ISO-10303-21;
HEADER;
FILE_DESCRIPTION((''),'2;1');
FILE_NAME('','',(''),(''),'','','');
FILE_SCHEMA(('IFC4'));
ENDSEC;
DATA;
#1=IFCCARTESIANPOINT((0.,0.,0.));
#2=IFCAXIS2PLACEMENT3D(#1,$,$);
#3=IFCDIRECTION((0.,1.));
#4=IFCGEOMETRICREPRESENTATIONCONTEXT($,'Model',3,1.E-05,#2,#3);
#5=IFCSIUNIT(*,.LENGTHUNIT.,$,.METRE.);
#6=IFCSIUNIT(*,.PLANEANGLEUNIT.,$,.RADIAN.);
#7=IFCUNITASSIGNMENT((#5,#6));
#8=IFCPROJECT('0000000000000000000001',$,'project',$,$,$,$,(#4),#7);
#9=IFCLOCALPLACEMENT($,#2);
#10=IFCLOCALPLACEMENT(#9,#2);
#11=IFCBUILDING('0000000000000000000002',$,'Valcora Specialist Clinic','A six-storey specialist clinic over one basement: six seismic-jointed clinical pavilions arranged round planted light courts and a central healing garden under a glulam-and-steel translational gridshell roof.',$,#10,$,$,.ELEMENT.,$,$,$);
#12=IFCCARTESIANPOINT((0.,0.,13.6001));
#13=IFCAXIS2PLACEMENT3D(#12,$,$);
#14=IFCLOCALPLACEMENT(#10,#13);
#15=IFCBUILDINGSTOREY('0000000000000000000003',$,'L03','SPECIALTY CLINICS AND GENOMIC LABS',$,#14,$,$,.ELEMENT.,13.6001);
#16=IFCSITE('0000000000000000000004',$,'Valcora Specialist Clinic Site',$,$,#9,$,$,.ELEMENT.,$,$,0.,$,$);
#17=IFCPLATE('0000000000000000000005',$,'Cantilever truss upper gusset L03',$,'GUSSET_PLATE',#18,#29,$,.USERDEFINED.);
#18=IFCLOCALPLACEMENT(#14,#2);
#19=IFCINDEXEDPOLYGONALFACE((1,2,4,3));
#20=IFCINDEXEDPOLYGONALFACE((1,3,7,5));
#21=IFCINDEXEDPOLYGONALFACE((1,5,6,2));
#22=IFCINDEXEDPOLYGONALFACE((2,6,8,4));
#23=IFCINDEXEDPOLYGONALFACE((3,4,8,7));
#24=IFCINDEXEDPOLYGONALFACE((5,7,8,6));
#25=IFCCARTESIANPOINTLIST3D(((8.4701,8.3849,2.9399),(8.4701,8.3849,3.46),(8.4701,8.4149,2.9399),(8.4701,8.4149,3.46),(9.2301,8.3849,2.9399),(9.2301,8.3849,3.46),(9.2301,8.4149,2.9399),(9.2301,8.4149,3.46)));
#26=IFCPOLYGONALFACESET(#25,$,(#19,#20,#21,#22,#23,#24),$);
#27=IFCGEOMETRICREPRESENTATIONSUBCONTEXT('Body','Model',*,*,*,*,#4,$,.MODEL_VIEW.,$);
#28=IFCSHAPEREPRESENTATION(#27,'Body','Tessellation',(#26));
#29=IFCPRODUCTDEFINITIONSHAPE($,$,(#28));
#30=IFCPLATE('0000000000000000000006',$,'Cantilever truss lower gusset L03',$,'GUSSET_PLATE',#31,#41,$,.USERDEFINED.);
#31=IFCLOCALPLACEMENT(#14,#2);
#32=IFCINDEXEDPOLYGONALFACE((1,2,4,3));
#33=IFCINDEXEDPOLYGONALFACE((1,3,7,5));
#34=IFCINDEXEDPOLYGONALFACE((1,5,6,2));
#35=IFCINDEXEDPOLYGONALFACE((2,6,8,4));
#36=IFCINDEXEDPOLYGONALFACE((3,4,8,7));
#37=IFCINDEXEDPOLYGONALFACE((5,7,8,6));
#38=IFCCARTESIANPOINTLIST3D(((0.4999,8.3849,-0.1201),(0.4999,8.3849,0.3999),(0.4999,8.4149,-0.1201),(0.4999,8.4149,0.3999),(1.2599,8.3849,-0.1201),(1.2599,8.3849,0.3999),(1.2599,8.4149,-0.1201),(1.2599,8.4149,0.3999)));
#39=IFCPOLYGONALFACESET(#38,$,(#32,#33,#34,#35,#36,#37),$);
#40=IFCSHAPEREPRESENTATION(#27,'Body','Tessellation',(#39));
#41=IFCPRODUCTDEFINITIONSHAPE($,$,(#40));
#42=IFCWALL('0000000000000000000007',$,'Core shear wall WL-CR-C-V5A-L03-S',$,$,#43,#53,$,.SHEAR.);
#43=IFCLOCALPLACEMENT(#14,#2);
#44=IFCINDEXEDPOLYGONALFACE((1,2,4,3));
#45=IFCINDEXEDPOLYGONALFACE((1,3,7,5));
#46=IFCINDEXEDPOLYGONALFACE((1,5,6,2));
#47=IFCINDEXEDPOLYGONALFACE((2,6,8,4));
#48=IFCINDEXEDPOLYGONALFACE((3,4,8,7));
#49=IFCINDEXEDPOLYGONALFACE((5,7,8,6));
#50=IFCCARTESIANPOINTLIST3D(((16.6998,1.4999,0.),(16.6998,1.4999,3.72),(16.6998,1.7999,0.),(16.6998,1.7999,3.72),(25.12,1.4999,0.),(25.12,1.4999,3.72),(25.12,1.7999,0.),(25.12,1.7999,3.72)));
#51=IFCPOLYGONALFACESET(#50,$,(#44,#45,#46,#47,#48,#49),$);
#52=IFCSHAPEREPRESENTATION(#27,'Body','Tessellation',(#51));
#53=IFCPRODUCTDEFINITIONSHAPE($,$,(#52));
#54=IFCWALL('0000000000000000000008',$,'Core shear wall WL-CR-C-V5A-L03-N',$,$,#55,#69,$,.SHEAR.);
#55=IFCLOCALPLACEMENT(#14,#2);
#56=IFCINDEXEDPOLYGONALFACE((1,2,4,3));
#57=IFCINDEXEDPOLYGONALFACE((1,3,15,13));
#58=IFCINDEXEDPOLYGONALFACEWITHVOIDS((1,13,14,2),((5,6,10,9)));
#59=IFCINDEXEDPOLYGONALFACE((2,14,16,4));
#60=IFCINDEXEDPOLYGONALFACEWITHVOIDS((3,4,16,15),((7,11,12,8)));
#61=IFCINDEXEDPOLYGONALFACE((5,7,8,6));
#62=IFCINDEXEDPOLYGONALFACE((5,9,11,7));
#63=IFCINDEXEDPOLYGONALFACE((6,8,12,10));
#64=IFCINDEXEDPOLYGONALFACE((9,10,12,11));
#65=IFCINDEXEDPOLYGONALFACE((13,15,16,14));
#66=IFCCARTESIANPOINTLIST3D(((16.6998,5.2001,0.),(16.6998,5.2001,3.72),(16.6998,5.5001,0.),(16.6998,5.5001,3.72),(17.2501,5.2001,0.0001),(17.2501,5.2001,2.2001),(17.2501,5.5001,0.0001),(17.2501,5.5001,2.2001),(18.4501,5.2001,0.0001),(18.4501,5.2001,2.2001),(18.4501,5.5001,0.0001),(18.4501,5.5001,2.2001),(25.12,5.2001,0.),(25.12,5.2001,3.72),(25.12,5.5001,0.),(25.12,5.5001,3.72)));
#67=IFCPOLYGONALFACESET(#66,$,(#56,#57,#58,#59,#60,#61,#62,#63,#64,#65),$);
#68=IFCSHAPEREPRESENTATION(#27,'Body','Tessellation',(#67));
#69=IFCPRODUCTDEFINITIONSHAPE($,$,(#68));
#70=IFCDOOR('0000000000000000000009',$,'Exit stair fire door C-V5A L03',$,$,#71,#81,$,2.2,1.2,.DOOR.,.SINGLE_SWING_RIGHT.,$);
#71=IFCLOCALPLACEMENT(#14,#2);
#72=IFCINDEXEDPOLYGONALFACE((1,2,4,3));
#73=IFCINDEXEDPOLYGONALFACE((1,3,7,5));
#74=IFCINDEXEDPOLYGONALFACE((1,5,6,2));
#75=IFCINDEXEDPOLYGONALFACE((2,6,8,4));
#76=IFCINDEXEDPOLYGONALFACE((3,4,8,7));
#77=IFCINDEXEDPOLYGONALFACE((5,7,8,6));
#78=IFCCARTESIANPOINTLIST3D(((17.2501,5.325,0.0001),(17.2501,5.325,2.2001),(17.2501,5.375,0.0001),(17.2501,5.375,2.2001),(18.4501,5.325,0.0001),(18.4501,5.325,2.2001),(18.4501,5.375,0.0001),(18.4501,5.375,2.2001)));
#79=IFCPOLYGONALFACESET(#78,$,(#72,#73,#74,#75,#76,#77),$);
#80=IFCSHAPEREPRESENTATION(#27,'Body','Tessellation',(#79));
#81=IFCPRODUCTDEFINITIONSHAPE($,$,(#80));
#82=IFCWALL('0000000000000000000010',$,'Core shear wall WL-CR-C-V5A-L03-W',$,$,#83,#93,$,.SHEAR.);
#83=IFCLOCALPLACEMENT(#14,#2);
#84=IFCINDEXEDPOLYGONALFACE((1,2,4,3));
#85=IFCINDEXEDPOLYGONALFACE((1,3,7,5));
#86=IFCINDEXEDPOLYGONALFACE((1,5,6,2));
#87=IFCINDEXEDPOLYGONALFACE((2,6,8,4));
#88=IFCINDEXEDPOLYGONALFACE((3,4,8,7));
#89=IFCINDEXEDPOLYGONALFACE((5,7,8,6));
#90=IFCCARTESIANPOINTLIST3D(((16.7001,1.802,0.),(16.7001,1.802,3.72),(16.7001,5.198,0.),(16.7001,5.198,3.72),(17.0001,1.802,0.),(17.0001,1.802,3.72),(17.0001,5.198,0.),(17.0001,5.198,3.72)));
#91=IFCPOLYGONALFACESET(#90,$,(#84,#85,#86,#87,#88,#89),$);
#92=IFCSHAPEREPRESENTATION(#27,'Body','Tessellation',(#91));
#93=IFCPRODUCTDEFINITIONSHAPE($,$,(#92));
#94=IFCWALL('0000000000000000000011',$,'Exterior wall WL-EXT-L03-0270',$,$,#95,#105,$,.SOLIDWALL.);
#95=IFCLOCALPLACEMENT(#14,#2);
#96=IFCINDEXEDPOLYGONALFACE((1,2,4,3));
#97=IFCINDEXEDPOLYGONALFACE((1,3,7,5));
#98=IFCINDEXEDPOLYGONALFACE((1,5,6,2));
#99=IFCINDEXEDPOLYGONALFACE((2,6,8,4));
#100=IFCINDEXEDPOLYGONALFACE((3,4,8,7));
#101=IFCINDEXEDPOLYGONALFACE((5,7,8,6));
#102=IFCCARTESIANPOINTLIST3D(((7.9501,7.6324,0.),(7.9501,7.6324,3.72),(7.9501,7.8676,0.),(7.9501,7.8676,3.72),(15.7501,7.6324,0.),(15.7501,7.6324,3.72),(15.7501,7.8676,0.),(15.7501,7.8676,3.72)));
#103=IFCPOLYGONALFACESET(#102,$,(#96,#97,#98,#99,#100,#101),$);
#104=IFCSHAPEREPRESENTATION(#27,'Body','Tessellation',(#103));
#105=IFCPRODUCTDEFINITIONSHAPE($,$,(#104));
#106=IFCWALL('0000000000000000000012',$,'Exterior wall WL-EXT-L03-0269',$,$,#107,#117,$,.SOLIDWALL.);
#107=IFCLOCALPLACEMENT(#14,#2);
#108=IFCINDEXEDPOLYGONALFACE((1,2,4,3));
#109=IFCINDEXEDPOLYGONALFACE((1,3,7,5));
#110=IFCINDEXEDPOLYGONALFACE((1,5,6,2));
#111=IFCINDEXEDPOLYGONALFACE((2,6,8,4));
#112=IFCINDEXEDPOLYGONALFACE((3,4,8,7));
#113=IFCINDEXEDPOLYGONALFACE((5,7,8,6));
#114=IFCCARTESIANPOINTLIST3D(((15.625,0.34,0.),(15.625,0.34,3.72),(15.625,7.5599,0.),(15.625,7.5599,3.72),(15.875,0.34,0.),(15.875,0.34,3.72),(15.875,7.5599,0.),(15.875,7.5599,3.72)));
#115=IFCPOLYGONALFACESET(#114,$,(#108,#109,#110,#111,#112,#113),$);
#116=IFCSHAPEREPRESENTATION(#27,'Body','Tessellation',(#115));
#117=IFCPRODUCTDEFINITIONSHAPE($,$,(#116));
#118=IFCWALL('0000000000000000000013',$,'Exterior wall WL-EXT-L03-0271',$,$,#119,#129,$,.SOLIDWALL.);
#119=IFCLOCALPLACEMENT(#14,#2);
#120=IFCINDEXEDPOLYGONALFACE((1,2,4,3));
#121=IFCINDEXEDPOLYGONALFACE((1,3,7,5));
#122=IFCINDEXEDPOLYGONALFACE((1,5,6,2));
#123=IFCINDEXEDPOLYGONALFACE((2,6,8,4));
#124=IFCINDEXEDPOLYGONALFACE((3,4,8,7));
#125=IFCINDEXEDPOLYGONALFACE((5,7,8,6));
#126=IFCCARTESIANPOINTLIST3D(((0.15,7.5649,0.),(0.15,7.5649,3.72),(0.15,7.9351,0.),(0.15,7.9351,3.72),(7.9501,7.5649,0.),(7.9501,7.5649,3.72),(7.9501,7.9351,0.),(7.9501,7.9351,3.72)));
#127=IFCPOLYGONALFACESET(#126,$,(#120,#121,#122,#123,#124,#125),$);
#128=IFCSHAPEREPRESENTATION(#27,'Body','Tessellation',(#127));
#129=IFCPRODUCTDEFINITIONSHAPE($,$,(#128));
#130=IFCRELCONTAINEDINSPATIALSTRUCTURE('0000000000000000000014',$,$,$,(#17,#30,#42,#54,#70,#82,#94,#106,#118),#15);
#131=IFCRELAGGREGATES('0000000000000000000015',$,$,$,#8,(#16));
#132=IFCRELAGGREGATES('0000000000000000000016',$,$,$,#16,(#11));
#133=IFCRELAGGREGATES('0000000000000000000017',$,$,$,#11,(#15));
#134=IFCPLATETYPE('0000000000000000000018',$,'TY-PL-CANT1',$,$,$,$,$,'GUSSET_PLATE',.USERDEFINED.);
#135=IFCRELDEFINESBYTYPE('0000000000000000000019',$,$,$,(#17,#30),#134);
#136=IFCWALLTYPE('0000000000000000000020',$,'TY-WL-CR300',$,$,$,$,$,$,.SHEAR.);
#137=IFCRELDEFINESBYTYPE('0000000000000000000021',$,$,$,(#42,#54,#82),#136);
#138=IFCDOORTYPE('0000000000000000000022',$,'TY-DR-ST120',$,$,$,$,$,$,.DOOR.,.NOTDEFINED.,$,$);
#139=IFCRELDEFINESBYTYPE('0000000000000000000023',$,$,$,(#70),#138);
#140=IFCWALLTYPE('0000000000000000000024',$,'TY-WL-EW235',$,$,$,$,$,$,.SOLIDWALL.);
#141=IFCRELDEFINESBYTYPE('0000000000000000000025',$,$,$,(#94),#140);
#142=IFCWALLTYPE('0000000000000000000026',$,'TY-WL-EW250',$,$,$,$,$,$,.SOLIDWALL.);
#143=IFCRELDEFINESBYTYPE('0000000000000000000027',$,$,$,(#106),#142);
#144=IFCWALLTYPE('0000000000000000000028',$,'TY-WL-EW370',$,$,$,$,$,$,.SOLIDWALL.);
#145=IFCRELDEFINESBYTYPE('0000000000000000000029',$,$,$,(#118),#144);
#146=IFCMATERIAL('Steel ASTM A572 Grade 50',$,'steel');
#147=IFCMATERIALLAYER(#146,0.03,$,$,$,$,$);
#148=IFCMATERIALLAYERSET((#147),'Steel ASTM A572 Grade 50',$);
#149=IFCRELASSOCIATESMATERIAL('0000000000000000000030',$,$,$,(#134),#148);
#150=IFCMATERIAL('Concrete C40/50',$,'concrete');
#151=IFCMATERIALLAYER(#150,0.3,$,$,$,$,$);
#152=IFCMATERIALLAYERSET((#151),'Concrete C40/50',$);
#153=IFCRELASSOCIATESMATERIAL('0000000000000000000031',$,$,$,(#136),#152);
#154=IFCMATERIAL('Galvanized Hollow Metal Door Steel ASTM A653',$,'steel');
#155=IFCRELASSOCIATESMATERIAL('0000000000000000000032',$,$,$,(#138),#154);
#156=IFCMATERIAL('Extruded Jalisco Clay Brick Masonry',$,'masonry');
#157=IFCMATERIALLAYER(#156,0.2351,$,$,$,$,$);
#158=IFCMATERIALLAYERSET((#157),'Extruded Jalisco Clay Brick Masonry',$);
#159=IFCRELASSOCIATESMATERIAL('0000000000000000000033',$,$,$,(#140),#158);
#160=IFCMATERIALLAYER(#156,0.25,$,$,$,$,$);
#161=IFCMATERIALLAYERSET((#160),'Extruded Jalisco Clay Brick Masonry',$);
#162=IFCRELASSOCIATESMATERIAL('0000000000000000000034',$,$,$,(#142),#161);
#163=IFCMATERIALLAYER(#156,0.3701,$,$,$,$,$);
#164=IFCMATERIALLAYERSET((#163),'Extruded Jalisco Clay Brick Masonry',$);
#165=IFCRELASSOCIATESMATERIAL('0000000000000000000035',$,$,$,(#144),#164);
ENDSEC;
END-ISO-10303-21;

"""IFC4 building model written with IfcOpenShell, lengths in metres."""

from ifc_helpers import new_model, si_unit, direction, frame, frame_2d, origin, origin_2d, place, context, subcontext, project, spatial, rectangle, extrude, material, layer, layer_set, type_object, element, fill, save


model = new_model("IFC4")

# Units and contexts
model_context = context("Model", 3, precision=1e-05, world=origin(), true_north=direction((0.0, 1.0)))
body_context = subcontext(model_context, "Body", "Model", "MODEL_VIEW")
ifc_project = project(units=[si_unit("LENGTHUNIT", "METRE"), si_unit("PLANEANGLEUNIT", "RADIAN")], contexts=[model_context])

# Site, building, storey
site_placement = place(None, origin())
site = spatial("IfcSite", under=ifc_project, at=site_placement, Name="Valcora Specialist Clinic Site", CompositionType="ELEMENT", RefElevation=0.0)
building_placement = place(site_placement, origin())
building = spatial("IfcBuilding", under=site, at=building_placement, Name="Valcora Specialist Clinic", Description="A six-storey specialist clinic over one basement: six seismic-jointed clinical pavilions arranged round planted light courts and a central healing garden under a glulam-and-steel translational gridshell roof.", CompositionType="ELEMENT")
storey_placement = place(building_placement, frame((0.0, 0.0, 13.6001)))
storey = spatial("IfcBuildingStorey", under=building, at=storey_placement, Name="L03", Description="SPECIALTY CLINICS AND GENOMIC LABS", CompositionType="ELEMENT", Elevation=13.6001)

# Shared definitions
ifc_material_1 = material(Name="Concrete C40/50", Category="concrete")

# Plates
ifc_material_2 = material(Name="Steel ASTM A572 Grade 50", Category="steel")
ifc_layer_1 = layer(ifc_material_2, 0.03)
ifc_layer_set_1 = layer_set([ifc_layer_1], Name="Steel ASTM A572 Grade 50")
plate_type_1 = type_object("IfcPlateType", Name="TY-PL-CANT1", ElementType="GUSSET_PLATE", PredefinedType="USERDEFINED", material=ifc_layer_set_1)
for number, where, z_axis, x_axis, name in (
    (1, (8.8501, 8.3999, 2.9399), (0.0, 0.0, 1.0), (1.0, 0.0, 0.0), "Cantilever truss upper gusset L03"),
    (2, (0.8799, 8.3999, -0.1201), (0.0, 0.0, 1.0), (1.0, 0.0, 0.0), "Cantilever truss lower gusset L03"),
):
    element("IfcPlate", number, at=place(storey_placement, frame(where, z_axis=z_axis, x_axis=x_axis)), inside=storey, type_object=plate_type_1, Name=name, ObjectType="GUSSET_PLATE", PredefinedType="USERDEFINED", context=body_context, shape_type="SweptSolid", body=[
        extrude(rectangle(XDim=0.76, YDim=0.03, at=origin_2d()), origin(), (0.0, 0.0, 1.0), 0.52),
    ])

# Wall
ifc_layer_2 = layer(ifc_material_1, 0.3)
ifc_layer_set_2 = layer_set([ifc_layer_2], Name="Concrete C40/50")
wall_type_1 = type_object("IfcWallType", Name="TY-WL-CR300", PredefinedType="SHEAR", material=ifc_layer_set_2)
wall_1_placement = place(storey_placement, frame((16.7, 1.6499, 0.0), z_axis=(0.0, 0.0, 1.0), x_axis=(1.0, 0.0, 0.0)))
element("IfcWall", 3, at=wall_1_placement, inside=storey, type_object=wall_type_1, Name="Core shear wall WL-CR-C-V5A-L03-S", PredefinedType="SHEAR", context=body_context, shape_type="SweptSolid", body=[
    extrude(rectangle(XDim=8.4202, YDim=0.3, at=frame_2d((4.21, 0.0))), origin(), (0.0, 0.0, 1.0), 3.72),
])

# Wall, opening, door
wall_2_placement = place(storey_placement, frame((16.7, 5.3501, 0.0), z_axis=(0.0, 0.0, 1.0), x_axis=(1.0, 0.0, 0.0)))
wall_2 = element("IfcWall", 4, at=wall_2_placement, inside=storey, type_object=wall_type_1, Name="Core shear wall WL-CR-C-V5A-L03-N", PredefinedType="SHEAR", context=body_context, shape_type="SweptSolid", body=[
    extrude(rectangle(XDim=8.4202, YDim=0.3, at=frame_2d((4.21, 0.0))), origin(), (0.0, 0.0, 1.0), 3.72),
])
opening_placement = place(wall_2_placement, frame((0.55, 0.0, 0.0)))
opening = element("IfcOpeningElement", 5, at=opening_placement, cuts=wall_2, PredefinedType="OPENING", context=body_context, shape_type="SweptSolid", body=[
    extrude(rectangle(XDim=1.2, YDim=2.2, at=frame_2d((0.6001, 1.1001))), frame((0.0, 0.1599, 0.0), z_axis=(0.0, -1.0, 0.0), x_axis=(1.0, 0.0, 0.0)), (0.0, 0.0, 1.0), 0.3201),
])
ifc_material_3 = material(Name="Galvanized Hollow Metal Door Steel ASTM A653", Category="steel")
door_type = type_object("IfcDoorType", Name="TY-DR-ST120", OperationType="NOTDEFINED", PredefinedType="DOOR", material=ifc_material_3)
door_placement = place(opening_placement, origin())
door = element("IfcDoor", 6, at=door_placement, inside=storey, type_object=door_type, Name="Exit stair fire door C-V5A L03", OperationType="SINGLE_SWING_RIGHT", OverallHeight=2.2, OverallWidth=1.2, PredefinedType="DOOR", context=body_context, shape_type="SweptSolid", body=[
    extrude(rectangle(XDim=1.2, YDim=2.2, at=frame_2d((0.6001, 1.1001))), frame((0.0, 0.0249, 0.0), z_axis=(0.0, -1.0, 0.0), x_axis=(1.0, 0.0, 0.0)), (0.0, 0.0, 1.0), 0.05),
])
fill(opening, door)

# Walls
wall_3_placement = place(storey_placement, frame((16.8501, 1.802, 0.0), z_axis=(0.0, 0.0, 1.0), x_axis=(0.0, 1.0, 0.0)))
element("IfcWall", 7, at=wall_3_placement, inside=storey, type_object=wall_type_1, Name="Core shear wall WL-CR-C-V5A-L03-W", PredefinedType="SHEAR", context=body_context, shape_type="SweptSolid", body=[
    extrude(rectangle(XDim=3.396, YDim=0.3, at=frame_2d((1.698, 0.0))), origin(), (0.0, 0.0, 1.0), 3.72),
])
ifc_material_4 = material(Name="Extruded Jalisco Clay Brick Masonry", Category="masonry")
ifc_layer_3 = layer(ifc_material_4, 0.2351)
ifc_layer_set_3 = layer_set([ifc_layer_3], Name="Extruded Jalisco Clay Brick Masonry")
wall_type_2 = type_object("IfcWallType", Name="TY-WL-EW235", PredefinedType="SOLIDWALL", material=ifc_layer_set_3)
wall_4_placement = place(storey_placement, frame((15.75, 7.75, 0.0), z_axis=(0.0, 0.0, 1.0), x_axis=(-1.0, 0.0, 0.0)))
element("IfcWall", 8, at=wall_4_placement, inside=storey, type_object=wall_type_2, Name="Exterior wall WL-EXT-L03-0270", PredefinedType="SOLIDWALL", context=body_context, shape_type="SweptSolid", body=[
    extrude(rectangle(XDim=7.8, YDim=0.2351, at=frame_2d((3.8999, 0.0))), origin(), (0.0, 0.0, 1.0), 3.72),
])
ifc_layer_4 = layer(ifc_material_4, 0.25)
ifc_layer_set_4 = layer_set([ifc_layer_4], Name="Extruded Jalisco Clay Brick Masonry")
wall_type_3 = type_object("IfcWallType", Name="TY-WL-EW250", PredefinedType="SOLIDWALL", material=ifc_layer_set_4)
wall_5_placement = place(storey_placement, frame((15.75, 0.3401, 0.0), z_axis=(0.0, 0.0, 1.0), x_axis=(0.0, 1.0, 0.0)))
element("IfcWall", 9, at=wall_5_placement, inside=storey, type_object=wall_type_3, Name="Exterior wall WL-EXT-L03-0269", PredefinedType="SOLIDWALL", context=body_context, shape_type="SweptSolid", body=[
    extrude(rectangle(XDim=7.22, YDim=0.25, at=frame_2d((3.6099, 0.0))), origin(), (0.0, 0.0, 1.0), 3.72),
])
ifc_layer_5 = layer(ifc_material_4, 0.3701)
ifc_layer_set_5 = layer_set([ifc_layer_5], Name="Extruded Jalisco Clay Brick Masonry")
wall_type_4 = type_object("IfcWallType", Name="TY-WL-EW370", PredefinedType="SOLIDWALL", material=ifc_layer_set_5)
wall_6_placement = place(storey_placement, frame((7.95, 7.75, 0.0), z_axis=(0.0, 0.0, 1.0), x_axis=(-1.0, 0.0, 0.0)))
element("IfcWall", 10, at=wall_6_placement, inside=storey, type_object=wall_type_4, Name="Exterior wall WL-EXT-L03-0271", PredefinedType="SOLIDWALL", context=body_context, shape_type="SweptSolid", body=[
    extrude(rectangle(XDim=7.8, YDim=0.3701, at=frame_2d((3.8999, 0.0))), origin(), (0.0, 0.0, 1.0), 3.72),
])

save(model, "model.ifc")
